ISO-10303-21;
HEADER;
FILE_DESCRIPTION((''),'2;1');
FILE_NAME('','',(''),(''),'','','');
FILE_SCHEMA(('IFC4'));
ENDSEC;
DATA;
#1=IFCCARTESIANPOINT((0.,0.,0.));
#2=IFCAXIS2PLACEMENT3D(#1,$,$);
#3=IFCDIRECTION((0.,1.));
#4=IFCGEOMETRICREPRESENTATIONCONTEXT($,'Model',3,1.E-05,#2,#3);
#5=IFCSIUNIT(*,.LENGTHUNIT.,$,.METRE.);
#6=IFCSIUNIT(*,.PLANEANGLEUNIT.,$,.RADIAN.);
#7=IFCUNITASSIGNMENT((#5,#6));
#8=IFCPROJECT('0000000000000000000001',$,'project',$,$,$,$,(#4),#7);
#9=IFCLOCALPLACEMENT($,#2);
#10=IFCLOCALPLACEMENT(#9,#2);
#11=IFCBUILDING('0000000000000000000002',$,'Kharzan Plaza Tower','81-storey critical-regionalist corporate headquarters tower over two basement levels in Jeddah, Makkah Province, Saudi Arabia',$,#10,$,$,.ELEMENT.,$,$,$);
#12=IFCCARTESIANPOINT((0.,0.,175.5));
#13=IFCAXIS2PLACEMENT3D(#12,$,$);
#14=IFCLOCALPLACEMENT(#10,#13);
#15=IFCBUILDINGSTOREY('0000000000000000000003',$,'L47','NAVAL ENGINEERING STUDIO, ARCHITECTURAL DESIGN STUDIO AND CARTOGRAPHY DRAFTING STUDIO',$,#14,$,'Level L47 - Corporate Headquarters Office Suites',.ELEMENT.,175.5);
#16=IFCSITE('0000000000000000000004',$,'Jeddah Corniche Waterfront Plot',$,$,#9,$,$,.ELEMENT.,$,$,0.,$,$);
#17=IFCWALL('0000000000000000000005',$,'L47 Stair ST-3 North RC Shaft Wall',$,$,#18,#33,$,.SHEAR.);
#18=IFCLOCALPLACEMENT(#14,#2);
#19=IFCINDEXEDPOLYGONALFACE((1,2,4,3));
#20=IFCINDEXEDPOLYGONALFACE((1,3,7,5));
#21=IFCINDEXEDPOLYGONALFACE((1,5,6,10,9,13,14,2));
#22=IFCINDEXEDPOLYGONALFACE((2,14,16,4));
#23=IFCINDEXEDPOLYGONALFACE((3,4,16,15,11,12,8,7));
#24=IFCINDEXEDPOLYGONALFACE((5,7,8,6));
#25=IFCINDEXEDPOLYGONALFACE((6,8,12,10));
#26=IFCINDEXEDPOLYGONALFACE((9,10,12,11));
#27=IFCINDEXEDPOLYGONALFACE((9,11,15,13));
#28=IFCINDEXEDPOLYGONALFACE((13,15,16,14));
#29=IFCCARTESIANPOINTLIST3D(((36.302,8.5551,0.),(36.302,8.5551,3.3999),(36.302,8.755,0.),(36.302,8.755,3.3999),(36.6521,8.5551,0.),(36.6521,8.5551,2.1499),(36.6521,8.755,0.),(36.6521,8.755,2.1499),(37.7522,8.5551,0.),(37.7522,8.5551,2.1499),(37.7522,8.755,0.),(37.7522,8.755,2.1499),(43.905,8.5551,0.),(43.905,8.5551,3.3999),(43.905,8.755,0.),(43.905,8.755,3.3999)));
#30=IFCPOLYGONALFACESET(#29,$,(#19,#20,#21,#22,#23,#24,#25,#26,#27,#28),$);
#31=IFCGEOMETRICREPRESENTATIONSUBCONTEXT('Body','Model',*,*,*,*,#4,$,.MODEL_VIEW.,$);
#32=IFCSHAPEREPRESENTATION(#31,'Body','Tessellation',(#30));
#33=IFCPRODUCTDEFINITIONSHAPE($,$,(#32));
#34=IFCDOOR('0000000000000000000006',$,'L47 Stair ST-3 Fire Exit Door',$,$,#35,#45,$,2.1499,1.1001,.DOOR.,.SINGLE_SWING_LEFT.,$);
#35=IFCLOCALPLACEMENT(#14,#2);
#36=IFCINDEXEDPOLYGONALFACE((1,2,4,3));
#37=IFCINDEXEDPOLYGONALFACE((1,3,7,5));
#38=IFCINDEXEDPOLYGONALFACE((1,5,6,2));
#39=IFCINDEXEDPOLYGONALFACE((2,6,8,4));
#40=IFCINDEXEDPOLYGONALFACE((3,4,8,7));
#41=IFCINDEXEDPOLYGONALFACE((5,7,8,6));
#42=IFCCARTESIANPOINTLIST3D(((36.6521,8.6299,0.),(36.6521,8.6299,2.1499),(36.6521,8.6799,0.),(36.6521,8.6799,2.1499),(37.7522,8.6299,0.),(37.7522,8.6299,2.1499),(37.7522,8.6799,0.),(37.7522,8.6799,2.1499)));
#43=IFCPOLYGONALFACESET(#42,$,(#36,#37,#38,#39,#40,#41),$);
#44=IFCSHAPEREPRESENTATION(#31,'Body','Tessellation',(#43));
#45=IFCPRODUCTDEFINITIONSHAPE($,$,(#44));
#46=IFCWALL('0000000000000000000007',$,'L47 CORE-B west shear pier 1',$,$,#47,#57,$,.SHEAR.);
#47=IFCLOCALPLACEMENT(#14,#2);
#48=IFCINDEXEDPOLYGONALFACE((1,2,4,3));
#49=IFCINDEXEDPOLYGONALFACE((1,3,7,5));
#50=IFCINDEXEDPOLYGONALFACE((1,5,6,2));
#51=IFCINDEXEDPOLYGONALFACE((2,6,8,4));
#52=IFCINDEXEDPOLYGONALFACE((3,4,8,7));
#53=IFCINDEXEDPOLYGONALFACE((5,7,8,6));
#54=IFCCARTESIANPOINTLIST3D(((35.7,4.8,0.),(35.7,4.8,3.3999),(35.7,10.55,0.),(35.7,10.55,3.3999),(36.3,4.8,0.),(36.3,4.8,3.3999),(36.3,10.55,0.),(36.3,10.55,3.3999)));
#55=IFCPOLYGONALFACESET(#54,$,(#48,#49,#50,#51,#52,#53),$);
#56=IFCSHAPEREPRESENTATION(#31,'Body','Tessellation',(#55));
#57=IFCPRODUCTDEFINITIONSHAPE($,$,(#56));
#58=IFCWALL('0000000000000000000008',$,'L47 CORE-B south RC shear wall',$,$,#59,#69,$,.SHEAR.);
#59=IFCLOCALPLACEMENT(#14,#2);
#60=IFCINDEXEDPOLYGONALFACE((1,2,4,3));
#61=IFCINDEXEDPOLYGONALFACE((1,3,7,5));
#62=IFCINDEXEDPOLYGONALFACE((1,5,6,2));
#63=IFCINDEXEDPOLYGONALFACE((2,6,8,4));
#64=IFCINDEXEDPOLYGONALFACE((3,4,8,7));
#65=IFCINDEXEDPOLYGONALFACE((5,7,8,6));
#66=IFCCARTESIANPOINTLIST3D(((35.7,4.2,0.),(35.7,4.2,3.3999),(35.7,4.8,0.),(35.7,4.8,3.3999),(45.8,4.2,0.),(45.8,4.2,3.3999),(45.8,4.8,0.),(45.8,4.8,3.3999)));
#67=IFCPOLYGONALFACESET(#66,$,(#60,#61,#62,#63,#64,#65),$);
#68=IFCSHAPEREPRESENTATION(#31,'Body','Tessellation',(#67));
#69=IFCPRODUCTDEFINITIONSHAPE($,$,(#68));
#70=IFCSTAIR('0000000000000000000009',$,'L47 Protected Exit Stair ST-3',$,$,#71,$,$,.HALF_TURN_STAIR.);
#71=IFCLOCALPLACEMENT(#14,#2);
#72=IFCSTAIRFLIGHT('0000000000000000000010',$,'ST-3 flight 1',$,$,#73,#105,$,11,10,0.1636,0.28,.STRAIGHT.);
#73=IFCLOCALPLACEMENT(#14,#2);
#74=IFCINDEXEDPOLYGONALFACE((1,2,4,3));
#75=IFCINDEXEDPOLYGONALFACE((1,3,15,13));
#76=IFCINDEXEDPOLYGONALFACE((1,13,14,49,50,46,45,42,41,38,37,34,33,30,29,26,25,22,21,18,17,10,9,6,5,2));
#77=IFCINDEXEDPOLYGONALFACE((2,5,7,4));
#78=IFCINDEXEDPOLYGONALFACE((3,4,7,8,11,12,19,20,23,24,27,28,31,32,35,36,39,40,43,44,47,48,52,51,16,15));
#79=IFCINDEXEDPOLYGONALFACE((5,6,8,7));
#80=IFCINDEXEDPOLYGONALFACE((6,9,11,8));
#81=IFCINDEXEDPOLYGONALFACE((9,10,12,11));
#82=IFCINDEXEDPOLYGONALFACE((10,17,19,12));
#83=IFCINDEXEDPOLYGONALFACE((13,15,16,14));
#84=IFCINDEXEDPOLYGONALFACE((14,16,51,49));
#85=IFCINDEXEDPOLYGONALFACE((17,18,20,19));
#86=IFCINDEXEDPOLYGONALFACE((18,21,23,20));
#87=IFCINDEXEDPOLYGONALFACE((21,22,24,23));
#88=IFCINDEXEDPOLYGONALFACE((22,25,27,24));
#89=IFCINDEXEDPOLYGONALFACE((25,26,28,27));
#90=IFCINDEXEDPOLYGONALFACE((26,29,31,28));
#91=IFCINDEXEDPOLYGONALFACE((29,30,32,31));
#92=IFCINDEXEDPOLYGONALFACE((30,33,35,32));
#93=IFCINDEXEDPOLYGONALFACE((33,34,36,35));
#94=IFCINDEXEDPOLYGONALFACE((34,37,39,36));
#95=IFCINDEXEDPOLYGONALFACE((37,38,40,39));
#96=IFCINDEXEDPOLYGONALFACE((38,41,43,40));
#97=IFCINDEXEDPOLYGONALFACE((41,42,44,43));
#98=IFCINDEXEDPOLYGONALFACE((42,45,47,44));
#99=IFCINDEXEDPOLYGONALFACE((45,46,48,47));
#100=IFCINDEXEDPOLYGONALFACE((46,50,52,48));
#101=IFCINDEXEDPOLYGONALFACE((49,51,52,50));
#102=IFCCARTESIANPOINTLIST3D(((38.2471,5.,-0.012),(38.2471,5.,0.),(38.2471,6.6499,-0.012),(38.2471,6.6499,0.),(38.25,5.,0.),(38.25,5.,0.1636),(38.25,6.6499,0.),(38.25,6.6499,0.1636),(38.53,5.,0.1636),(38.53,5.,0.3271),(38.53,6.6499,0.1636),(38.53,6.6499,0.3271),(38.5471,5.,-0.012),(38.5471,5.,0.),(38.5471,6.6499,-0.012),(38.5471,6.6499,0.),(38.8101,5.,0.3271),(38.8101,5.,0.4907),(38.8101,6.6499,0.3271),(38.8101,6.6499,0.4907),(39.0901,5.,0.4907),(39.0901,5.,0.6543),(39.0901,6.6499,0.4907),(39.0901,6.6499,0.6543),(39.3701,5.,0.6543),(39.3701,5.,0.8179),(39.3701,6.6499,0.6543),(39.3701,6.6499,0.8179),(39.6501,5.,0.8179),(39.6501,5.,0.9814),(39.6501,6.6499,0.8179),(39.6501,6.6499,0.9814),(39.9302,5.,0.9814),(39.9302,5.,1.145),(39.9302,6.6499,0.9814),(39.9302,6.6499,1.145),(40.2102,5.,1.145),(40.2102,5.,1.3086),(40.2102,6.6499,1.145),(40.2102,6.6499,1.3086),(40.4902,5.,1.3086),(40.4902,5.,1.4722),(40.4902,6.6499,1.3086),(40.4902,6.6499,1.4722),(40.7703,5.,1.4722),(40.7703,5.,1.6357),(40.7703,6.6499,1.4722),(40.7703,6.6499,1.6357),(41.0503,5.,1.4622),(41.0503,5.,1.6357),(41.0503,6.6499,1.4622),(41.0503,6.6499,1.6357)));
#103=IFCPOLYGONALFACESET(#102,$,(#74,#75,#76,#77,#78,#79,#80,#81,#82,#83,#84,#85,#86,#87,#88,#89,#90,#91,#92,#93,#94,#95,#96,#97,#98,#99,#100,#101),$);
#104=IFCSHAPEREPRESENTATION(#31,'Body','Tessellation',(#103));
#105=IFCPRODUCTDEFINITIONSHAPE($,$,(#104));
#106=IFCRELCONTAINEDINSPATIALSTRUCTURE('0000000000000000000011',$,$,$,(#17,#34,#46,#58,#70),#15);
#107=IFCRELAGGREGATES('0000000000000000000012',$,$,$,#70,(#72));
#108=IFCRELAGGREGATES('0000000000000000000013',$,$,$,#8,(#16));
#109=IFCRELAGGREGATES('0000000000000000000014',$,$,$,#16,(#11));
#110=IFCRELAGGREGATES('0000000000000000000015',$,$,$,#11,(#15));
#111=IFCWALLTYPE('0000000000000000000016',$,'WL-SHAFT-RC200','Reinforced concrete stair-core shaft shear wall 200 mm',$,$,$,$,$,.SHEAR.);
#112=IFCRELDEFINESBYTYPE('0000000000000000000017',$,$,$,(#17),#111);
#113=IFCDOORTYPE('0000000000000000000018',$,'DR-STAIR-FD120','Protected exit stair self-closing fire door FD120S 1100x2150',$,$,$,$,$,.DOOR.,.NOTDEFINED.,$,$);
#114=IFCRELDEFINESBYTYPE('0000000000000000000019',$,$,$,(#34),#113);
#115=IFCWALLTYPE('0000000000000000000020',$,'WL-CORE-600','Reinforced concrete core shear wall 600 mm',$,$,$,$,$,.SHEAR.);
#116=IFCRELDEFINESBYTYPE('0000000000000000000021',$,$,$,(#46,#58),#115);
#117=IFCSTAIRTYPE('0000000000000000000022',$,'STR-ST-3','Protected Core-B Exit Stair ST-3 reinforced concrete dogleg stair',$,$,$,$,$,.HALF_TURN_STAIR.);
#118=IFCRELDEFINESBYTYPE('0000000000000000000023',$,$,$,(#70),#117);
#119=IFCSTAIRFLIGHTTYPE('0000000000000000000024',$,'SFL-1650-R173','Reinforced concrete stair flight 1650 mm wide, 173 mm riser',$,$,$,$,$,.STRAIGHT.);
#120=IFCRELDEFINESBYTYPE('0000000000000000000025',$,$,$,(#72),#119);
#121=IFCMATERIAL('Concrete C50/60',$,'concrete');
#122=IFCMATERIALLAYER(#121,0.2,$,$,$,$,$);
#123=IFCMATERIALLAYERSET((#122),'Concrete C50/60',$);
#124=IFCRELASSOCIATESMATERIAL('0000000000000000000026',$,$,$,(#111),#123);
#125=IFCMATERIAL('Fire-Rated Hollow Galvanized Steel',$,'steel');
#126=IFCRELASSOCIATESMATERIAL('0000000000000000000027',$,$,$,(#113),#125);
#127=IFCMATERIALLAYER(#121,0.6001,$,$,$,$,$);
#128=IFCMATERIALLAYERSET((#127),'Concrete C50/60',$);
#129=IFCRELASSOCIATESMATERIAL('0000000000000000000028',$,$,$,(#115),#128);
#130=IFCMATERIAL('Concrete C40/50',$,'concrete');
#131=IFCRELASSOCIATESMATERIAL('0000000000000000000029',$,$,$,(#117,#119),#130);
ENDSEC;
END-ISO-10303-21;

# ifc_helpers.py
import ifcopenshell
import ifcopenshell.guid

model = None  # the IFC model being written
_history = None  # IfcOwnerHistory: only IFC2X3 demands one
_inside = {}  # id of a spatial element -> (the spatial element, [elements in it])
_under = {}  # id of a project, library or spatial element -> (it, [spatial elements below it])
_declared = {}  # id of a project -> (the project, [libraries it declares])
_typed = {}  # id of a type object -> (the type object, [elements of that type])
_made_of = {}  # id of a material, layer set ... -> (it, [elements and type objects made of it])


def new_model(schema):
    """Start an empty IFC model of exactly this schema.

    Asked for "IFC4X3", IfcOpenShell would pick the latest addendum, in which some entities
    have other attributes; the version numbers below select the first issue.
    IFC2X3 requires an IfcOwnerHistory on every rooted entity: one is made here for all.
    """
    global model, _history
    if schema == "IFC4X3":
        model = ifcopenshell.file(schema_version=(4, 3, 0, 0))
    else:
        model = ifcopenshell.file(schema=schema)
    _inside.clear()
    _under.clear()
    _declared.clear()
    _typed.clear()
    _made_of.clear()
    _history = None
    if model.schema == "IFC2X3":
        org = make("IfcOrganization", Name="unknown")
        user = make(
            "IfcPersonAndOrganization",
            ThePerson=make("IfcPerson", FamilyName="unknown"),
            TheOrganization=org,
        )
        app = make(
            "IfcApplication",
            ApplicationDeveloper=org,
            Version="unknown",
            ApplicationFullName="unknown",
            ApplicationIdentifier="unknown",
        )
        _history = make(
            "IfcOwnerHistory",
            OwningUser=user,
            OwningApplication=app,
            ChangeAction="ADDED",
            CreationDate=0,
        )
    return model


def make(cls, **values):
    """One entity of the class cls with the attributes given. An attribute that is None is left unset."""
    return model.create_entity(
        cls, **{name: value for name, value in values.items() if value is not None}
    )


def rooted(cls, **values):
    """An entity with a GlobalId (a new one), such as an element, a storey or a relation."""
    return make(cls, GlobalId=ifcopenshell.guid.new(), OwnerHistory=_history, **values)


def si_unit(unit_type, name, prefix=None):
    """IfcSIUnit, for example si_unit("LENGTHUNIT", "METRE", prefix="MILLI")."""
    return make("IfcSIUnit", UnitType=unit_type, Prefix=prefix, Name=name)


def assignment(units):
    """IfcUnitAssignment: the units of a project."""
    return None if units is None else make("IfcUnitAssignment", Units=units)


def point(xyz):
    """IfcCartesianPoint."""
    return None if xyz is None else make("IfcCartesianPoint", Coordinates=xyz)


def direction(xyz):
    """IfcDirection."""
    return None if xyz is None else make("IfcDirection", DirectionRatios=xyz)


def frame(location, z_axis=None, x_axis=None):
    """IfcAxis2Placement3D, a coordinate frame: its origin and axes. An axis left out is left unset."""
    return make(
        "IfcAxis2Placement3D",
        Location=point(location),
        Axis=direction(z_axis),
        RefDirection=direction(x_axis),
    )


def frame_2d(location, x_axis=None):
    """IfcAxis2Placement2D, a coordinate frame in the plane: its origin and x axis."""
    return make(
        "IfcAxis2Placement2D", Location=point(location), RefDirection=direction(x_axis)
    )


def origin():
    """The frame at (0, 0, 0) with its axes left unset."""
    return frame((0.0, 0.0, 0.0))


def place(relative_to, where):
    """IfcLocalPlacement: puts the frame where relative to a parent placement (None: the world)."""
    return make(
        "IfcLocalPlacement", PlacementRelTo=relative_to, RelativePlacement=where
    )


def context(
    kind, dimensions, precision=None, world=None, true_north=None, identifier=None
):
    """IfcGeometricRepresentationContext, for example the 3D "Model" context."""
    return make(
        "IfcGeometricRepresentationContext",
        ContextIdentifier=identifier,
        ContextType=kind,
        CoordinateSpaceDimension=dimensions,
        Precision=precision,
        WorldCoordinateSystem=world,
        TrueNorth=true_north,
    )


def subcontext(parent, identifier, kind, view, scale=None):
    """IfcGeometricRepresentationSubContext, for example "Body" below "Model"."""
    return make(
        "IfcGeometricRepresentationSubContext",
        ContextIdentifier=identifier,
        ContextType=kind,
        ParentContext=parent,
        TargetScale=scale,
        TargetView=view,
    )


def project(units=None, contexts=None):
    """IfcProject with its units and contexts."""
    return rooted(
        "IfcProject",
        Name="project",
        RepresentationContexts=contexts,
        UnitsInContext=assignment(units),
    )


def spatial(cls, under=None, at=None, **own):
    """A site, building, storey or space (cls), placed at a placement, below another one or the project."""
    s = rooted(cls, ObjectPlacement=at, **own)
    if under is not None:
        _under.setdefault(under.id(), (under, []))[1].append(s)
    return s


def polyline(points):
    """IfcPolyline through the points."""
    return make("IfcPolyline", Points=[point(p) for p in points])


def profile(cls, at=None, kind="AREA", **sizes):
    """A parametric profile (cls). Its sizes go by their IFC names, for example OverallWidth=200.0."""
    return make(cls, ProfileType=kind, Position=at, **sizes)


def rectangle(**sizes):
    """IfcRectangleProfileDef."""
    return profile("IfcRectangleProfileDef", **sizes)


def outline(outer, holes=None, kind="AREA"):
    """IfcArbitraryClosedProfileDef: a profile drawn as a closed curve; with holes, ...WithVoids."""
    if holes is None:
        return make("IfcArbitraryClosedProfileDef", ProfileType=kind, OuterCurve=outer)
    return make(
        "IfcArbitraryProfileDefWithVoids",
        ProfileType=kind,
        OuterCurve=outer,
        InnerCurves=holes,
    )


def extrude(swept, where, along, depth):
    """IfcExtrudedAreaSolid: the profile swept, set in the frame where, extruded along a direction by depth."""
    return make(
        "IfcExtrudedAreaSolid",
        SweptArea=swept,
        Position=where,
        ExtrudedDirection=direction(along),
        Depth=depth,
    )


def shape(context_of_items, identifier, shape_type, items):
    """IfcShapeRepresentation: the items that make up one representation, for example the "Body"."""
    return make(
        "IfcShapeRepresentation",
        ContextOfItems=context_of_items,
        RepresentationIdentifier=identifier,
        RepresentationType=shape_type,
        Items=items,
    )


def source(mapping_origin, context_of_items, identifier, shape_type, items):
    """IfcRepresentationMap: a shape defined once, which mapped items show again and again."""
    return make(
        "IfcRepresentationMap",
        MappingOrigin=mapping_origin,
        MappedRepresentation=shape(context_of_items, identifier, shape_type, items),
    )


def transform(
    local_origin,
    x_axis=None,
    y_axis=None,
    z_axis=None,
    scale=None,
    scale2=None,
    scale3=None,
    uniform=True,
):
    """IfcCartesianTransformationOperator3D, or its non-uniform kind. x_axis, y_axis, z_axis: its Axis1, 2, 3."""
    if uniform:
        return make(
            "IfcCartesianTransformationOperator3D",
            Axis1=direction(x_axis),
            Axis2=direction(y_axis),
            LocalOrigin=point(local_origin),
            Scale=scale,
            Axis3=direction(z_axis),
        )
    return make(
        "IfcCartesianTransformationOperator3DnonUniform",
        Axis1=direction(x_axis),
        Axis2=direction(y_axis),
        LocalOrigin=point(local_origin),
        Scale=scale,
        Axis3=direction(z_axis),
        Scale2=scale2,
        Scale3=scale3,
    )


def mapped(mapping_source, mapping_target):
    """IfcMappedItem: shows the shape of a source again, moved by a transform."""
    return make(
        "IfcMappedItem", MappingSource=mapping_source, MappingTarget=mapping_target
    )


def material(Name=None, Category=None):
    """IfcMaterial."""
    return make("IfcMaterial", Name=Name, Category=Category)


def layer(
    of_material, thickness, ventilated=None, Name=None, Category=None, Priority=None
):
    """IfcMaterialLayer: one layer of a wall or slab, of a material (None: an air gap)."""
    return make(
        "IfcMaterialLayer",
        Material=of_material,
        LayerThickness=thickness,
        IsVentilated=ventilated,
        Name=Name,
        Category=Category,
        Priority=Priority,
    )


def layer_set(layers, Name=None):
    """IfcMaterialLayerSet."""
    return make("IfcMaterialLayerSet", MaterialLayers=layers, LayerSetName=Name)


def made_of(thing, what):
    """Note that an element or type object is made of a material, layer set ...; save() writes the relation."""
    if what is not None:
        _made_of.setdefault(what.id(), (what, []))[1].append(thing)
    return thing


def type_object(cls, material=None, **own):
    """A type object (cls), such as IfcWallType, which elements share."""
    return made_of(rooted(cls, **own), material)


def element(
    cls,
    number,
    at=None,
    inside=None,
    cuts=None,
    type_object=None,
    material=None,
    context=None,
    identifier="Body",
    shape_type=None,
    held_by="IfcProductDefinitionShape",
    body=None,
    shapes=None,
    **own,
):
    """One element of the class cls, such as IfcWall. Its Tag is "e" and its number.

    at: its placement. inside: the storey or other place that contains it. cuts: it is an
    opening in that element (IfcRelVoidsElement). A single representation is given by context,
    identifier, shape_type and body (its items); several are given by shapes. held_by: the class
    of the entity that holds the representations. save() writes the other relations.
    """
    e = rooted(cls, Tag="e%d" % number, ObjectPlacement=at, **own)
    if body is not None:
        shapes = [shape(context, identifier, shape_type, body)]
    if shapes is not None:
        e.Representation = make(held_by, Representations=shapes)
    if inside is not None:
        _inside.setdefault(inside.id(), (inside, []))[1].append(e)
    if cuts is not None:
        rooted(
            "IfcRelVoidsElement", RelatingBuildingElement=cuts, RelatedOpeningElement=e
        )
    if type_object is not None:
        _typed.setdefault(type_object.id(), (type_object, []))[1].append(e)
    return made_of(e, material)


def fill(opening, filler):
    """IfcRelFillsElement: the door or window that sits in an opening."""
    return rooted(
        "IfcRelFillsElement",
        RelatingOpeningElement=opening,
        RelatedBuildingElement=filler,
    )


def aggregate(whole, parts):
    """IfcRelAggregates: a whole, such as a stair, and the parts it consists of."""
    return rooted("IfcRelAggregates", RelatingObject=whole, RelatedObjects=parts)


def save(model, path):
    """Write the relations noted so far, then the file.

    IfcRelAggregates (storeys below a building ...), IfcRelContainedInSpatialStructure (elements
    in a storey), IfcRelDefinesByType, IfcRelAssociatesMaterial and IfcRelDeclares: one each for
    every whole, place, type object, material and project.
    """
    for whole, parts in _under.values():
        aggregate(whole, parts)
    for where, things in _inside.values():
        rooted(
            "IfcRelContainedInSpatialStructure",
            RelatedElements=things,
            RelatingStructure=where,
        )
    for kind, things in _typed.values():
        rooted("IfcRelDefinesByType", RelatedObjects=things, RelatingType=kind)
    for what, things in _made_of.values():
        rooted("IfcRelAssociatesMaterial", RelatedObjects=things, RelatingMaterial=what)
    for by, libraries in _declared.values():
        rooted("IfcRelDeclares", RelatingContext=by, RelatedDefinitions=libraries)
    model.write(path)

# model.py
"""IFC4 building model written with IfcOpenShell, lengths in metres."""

from ifc_helpers import new_model, si_unit, direction, frame, frame_2d, origin, place, context, subcontext, project, spatial, polyline, rectangle, outline, extrude, source, transform, mapped, material, layer, layer_set, type_object, element, fill, aggregate, save


model = new_model("IFC4")

# Units and contexts
model_context = context("Model", 3, precision=1e-05, world=origin(), true_north=direction((0.0, 1.0)))
body_context = subcontext(model_context, "Body", "Model", "MODEL_VIEW")
ifc_project = project(units=[si_unit("LENGTHUNIT", "METRE"), si_unit("PLANEANGLEUNIT", "RADIAN")], contexts=[model_context])

# Site, building, storey
site_placement = place(None, origin())
site = spatial("IfcSite", under=ifc_project, at=site_placement, Name="Jeddah Corniche Waterfront Plot", CompositionType="ELEMENT", RefElevation=0.0)
building_placement = place(site_placement, origin())
building = spatial("IfcBuilding", under=site, at=building_placement, Name="Kharzan Plaza Tower", Description="81-storey critical-regionalist corporate headquarters tower over two basement levels in Jeddah, Makkah Province, Saudi Arabia", CompositionType="ELEMENT")
storey_placement = place(building_placement, frame((0.0, 0.0, 175.5)))
storey = spatial("IfcBuildingStorey", under=building, at=storey_placement, Name="L47", Description="NAVAL ENGINEERING STUDIO, ARCHITECTURAL DESIGN STUDIO AND CARTOGRAPHY DRAFTING STUDIO", LongName="Level L47 - Corporate Headquarters Office Suites", CompositionType="ELEMENT", Elevation=175.5)

# Shared definitions
ifc_material_1 = material(Name="Concrete C50/60", Category="concrete")

# Shared definitions
ifc_material_2 = material(Name="Concrete C40/50", Category="concrete")

# Wall, opening, door
ifc_layer_1 = layer(ifc_material_1, 0.2)
ifc_layer_set_1 = layer_set([ifc_layer_1], Name="Concrete C50/60")
wall_type_1 = type_object("IfcWallType", Name="WL-SHAFT-RC200", Description="Reinforced concrete stair-core shaft shear wall 200 mm", PredefinedType="SHEAR", material=ifc_layer_set_1)
wall_1_placement = place(storey_placement, frame((36.302, 8.655, 0.0), z_axis=(0.0, 0.0, 1.0), x_axis=(1.0, 0.0, 0.0)))
wall_1 = element("IfcWall", 1, at=wall_1_placement, inside=storey, type_object=wall_type_1, Name="L47 Stair ST-3 North RC Shaft Wall", PredefinedType="SHEAR", context=body_context, shape_type="SweptSolid", body=[
    extrude(rectangle(XDim=7.603, YDim=0.2, at=frame_2d((3.8015, 0.0))), origin(), (0.0, 0.0, 1.0), 3.3999),
])
opening_1_placement = place(wall_1_placement, frame((0.3501, 0.0, 0.0)))
opening_1 = element("IfcOpeningElement", 2, at=opening_1_placement, cuts=wall_1, PredefinedType="OPENING", context=body_context, shape_type="SweptSolid", body=[
    extrude(rectangle(XDim=1.1001, YDim=2.1499, at=frame_2d((0.55, 1.075))), frame((0.0, 0.1099, 0.0), z_axis=(0.0, -1.0, 0.0), x_axis=(1.0, 0.0, 0.0)), (0.0, 0.0, 1.0), 0.22),
])
ifc_material_3 = material(Name="Fire-Rated Hollow Galvanized Steel", Category="steel")
door_type = type_object("IfcDoorType", Name="DR-STAIR-FD120", Description="Protected exit stair self-closing fire door FD120S 1100x2150", OperationType="NOTDEFINED", PredefinedType="DOOR", material=ifc_material_3)
shared_shape_1 = source(origin(), body_context, "Body", "SweptSolid", [
    extrude(rectangle(XDim=1.1001, YDim=2.1499, at=frame_2d((0.55, 1.075))), frame((0.0, 0.0249, 0.0), z_axis=(0.0, -1.0, 0.0), x_axis=(1.0, 0.0, 0.0)), (0.0, 0.0, 1.0), 0.05),
])
door_placement = place(opening_1_placement, origin())
door = element("IfcDoor", 3, at=door_placement, inside=storey, type_object=door_type, Name="L47 Stair ST-3 Fire Exit Door", OperationType="SINGLE_SWING_LEFT", OverallHeight=2.1499, OverallWidth=1.1001, PredefinedType="DOOR", context=body_context, shape_type="MappedRepresentation", body=[
    mapped(shared_shape_1, transform((0.0, 0.0, 0.0), x_axis=(1.0, 0.0, 0.0), y_axis=(0.0, 1.0, 0.0), z_axis=(0.0, 0.0, 1.0))),
])
fill(opening_1, door)

# Walls
ifc_layer_2 = layer(ifc_material_1, 0.6001)
ifc_layer_set_2 = layer_set([ifc_layer_2], Name="Concrete C50/60")
wall_type_2 = type_object("IfcWallType", Name="WL-CORE-600", Description="Reinforced concrete core shear wall 600 mm", PredefinedType="SHEAR", material=ifc_layer_set_2)
shared_shape_2 = source(origin(), body_context, "Body", "SweptSolid", [
    extrude(rectangle(XDim=5.75, YDim=0.6001, at=frame_2d((2.875, 0.0))), origin(), (0.0, 0.0, 1.0), 3.3999),
])
wall_2_placement = place(storey_placement, frame((36.0, 4.8, 0.0), z_axis=(0.0, 0.0, 1.0), x_axis=(0.0, 1.0, 0.0)))
element("IfcWall", 4, at=wall_2_placement, inside=storey, type_object=wall_type_2, Name="L47 CORE-B west shear pier 1", PredefinedType="SHEAR", context=body_context, shape_type="MappedRepresentation", body=[
    mapped(shared_shape_2, transform((0.0, 0.0, 0.0), x_axis=(1.0, 0.0, 0.0), y_axis=(0.0, 1.0, 0.0), z_axis=(0.0, 0.0, 1.0))),
])
shared_shape_3 = source(origin(), body_context, "Body", "SweptSolid", [
    extrude(rectangle(XDim=10.1001, YDim=0.6001, at=frame_2d((5.05, 0.0))), origin(), (0.0, 0.0, 1.0), 3.3999),
])
wall_3_placement = place(storey_placement, frame((35.7, 4.5, 0.0), z_axis=(0.0, 0.0, 1.0), x_axis=(1.0, 0.0, 0.0)))
element("IfcWall", 5, at=wall_3_placement, inside=storey, type_object=wall_type_2, Name="L47 CORE-B south RC shear wall", PredefinedType="SHEAR", context=body_context, shape_type="MappedRepresentation", body=[
    mapped(shared_shape_3, transform((0.0, 0.0, 0.0), x_axis=(1.0, 0.0, 0.0), y_axis=(0.0, 1.0, 0.0), z_axis=(0.0, 0.0, 1.0))),
])

# Stair, stair flight
stair_type = type_object("IfcStairType", Name="STR-ST-3", Description="Protected Core-B Exit Stair ST-3 reinforced concrete dogleg stair", PredefinedType="HALF_TURN_STAIR", material=ifc_material_2)
stair_placement = place(storey_placement, origin())
stair = element("IfcStair", 6, at=stair_placement, inside=storey, type_object=stair_type, Name="L47 Protected Exit Stair ST-3", PredefinedType="HALF_TURN_STAIR")
stair_flight_type = type_object("IfcStairFlightType", Name="SFL-1650-R173", Description="Reinforced concrete stair flight 1650 mm wide, 173 mm riser", PredefinedType="STRAIGHT", material=ifc_material_2)
shared_shape_4 = source(origin(), body_context, "Body", "SweptSolid", [
    extrude(outline(polyline([(-0.0029, -0.012), (-0.0029, 0.0), (0.0, 0.0), (0.0, 0.1636), (0.28, 0.1636), (0.28, 0.3271), (0.5601, 0.3271), (0.5601, 0.4907), (0.8401, 0.4907), (0.8401, 0.6543), (1.1201, 0.6543), (1.1201, 0.8179), (1.4001, 0.8179), (1.4001, 0.9814), (1.6802, 0.9814), (1.6802, 1.145), (1.9602, 1.145), (1.9602, 1.3086), (2.2402, 1.3086), (2.2402, 1.4722), (2.5203, 1.4722), (2.5203, 1.6357), (2.8003, 1.6357), (2.8003, 1.7993), (2.8003, 1.4622), (0.2971, 0.0), (0.2971, -0.012), (-0.0029, -0.012)])), frame((0.0, 0.825, 0.0), z_axis=(0.0, -1.0, 0.0), x_axis=(1.0, 0.0, 0.0)), (0.0, 0.0, 1.0), 1.6499),
])
stair_flight_placement = place(storey_placement, frame((38.25, 5.825, 0.0), z_axis=(0.0, 0.0, 1.0), x_axis=(1.0, 0.0, 0.0)))
stair_flight = element("IfcStairFlight", 7, at=stair_flight_placement, type_object=stair_flight_type, Name="ST-3 flight 1", NumberOfRisers=11, NumberOfTreads=10, PredefinedType="STRAIGHT", RiserHeight=0.1636, TreadLength=0.28, context=body_context, shape_type="MappedRepresentation", body=[
    mapped(shared_shape_4, transform((0.0, 0.0, 0.0), x_axis=(1.0, 0.0, 0.0), y_axis=(0.0, 1.0, 0.0), z_axis=(0.0, 0.0, 1.0))),
])
aggregate(stair, [stair_flight])

save(model, "model.ifc")
